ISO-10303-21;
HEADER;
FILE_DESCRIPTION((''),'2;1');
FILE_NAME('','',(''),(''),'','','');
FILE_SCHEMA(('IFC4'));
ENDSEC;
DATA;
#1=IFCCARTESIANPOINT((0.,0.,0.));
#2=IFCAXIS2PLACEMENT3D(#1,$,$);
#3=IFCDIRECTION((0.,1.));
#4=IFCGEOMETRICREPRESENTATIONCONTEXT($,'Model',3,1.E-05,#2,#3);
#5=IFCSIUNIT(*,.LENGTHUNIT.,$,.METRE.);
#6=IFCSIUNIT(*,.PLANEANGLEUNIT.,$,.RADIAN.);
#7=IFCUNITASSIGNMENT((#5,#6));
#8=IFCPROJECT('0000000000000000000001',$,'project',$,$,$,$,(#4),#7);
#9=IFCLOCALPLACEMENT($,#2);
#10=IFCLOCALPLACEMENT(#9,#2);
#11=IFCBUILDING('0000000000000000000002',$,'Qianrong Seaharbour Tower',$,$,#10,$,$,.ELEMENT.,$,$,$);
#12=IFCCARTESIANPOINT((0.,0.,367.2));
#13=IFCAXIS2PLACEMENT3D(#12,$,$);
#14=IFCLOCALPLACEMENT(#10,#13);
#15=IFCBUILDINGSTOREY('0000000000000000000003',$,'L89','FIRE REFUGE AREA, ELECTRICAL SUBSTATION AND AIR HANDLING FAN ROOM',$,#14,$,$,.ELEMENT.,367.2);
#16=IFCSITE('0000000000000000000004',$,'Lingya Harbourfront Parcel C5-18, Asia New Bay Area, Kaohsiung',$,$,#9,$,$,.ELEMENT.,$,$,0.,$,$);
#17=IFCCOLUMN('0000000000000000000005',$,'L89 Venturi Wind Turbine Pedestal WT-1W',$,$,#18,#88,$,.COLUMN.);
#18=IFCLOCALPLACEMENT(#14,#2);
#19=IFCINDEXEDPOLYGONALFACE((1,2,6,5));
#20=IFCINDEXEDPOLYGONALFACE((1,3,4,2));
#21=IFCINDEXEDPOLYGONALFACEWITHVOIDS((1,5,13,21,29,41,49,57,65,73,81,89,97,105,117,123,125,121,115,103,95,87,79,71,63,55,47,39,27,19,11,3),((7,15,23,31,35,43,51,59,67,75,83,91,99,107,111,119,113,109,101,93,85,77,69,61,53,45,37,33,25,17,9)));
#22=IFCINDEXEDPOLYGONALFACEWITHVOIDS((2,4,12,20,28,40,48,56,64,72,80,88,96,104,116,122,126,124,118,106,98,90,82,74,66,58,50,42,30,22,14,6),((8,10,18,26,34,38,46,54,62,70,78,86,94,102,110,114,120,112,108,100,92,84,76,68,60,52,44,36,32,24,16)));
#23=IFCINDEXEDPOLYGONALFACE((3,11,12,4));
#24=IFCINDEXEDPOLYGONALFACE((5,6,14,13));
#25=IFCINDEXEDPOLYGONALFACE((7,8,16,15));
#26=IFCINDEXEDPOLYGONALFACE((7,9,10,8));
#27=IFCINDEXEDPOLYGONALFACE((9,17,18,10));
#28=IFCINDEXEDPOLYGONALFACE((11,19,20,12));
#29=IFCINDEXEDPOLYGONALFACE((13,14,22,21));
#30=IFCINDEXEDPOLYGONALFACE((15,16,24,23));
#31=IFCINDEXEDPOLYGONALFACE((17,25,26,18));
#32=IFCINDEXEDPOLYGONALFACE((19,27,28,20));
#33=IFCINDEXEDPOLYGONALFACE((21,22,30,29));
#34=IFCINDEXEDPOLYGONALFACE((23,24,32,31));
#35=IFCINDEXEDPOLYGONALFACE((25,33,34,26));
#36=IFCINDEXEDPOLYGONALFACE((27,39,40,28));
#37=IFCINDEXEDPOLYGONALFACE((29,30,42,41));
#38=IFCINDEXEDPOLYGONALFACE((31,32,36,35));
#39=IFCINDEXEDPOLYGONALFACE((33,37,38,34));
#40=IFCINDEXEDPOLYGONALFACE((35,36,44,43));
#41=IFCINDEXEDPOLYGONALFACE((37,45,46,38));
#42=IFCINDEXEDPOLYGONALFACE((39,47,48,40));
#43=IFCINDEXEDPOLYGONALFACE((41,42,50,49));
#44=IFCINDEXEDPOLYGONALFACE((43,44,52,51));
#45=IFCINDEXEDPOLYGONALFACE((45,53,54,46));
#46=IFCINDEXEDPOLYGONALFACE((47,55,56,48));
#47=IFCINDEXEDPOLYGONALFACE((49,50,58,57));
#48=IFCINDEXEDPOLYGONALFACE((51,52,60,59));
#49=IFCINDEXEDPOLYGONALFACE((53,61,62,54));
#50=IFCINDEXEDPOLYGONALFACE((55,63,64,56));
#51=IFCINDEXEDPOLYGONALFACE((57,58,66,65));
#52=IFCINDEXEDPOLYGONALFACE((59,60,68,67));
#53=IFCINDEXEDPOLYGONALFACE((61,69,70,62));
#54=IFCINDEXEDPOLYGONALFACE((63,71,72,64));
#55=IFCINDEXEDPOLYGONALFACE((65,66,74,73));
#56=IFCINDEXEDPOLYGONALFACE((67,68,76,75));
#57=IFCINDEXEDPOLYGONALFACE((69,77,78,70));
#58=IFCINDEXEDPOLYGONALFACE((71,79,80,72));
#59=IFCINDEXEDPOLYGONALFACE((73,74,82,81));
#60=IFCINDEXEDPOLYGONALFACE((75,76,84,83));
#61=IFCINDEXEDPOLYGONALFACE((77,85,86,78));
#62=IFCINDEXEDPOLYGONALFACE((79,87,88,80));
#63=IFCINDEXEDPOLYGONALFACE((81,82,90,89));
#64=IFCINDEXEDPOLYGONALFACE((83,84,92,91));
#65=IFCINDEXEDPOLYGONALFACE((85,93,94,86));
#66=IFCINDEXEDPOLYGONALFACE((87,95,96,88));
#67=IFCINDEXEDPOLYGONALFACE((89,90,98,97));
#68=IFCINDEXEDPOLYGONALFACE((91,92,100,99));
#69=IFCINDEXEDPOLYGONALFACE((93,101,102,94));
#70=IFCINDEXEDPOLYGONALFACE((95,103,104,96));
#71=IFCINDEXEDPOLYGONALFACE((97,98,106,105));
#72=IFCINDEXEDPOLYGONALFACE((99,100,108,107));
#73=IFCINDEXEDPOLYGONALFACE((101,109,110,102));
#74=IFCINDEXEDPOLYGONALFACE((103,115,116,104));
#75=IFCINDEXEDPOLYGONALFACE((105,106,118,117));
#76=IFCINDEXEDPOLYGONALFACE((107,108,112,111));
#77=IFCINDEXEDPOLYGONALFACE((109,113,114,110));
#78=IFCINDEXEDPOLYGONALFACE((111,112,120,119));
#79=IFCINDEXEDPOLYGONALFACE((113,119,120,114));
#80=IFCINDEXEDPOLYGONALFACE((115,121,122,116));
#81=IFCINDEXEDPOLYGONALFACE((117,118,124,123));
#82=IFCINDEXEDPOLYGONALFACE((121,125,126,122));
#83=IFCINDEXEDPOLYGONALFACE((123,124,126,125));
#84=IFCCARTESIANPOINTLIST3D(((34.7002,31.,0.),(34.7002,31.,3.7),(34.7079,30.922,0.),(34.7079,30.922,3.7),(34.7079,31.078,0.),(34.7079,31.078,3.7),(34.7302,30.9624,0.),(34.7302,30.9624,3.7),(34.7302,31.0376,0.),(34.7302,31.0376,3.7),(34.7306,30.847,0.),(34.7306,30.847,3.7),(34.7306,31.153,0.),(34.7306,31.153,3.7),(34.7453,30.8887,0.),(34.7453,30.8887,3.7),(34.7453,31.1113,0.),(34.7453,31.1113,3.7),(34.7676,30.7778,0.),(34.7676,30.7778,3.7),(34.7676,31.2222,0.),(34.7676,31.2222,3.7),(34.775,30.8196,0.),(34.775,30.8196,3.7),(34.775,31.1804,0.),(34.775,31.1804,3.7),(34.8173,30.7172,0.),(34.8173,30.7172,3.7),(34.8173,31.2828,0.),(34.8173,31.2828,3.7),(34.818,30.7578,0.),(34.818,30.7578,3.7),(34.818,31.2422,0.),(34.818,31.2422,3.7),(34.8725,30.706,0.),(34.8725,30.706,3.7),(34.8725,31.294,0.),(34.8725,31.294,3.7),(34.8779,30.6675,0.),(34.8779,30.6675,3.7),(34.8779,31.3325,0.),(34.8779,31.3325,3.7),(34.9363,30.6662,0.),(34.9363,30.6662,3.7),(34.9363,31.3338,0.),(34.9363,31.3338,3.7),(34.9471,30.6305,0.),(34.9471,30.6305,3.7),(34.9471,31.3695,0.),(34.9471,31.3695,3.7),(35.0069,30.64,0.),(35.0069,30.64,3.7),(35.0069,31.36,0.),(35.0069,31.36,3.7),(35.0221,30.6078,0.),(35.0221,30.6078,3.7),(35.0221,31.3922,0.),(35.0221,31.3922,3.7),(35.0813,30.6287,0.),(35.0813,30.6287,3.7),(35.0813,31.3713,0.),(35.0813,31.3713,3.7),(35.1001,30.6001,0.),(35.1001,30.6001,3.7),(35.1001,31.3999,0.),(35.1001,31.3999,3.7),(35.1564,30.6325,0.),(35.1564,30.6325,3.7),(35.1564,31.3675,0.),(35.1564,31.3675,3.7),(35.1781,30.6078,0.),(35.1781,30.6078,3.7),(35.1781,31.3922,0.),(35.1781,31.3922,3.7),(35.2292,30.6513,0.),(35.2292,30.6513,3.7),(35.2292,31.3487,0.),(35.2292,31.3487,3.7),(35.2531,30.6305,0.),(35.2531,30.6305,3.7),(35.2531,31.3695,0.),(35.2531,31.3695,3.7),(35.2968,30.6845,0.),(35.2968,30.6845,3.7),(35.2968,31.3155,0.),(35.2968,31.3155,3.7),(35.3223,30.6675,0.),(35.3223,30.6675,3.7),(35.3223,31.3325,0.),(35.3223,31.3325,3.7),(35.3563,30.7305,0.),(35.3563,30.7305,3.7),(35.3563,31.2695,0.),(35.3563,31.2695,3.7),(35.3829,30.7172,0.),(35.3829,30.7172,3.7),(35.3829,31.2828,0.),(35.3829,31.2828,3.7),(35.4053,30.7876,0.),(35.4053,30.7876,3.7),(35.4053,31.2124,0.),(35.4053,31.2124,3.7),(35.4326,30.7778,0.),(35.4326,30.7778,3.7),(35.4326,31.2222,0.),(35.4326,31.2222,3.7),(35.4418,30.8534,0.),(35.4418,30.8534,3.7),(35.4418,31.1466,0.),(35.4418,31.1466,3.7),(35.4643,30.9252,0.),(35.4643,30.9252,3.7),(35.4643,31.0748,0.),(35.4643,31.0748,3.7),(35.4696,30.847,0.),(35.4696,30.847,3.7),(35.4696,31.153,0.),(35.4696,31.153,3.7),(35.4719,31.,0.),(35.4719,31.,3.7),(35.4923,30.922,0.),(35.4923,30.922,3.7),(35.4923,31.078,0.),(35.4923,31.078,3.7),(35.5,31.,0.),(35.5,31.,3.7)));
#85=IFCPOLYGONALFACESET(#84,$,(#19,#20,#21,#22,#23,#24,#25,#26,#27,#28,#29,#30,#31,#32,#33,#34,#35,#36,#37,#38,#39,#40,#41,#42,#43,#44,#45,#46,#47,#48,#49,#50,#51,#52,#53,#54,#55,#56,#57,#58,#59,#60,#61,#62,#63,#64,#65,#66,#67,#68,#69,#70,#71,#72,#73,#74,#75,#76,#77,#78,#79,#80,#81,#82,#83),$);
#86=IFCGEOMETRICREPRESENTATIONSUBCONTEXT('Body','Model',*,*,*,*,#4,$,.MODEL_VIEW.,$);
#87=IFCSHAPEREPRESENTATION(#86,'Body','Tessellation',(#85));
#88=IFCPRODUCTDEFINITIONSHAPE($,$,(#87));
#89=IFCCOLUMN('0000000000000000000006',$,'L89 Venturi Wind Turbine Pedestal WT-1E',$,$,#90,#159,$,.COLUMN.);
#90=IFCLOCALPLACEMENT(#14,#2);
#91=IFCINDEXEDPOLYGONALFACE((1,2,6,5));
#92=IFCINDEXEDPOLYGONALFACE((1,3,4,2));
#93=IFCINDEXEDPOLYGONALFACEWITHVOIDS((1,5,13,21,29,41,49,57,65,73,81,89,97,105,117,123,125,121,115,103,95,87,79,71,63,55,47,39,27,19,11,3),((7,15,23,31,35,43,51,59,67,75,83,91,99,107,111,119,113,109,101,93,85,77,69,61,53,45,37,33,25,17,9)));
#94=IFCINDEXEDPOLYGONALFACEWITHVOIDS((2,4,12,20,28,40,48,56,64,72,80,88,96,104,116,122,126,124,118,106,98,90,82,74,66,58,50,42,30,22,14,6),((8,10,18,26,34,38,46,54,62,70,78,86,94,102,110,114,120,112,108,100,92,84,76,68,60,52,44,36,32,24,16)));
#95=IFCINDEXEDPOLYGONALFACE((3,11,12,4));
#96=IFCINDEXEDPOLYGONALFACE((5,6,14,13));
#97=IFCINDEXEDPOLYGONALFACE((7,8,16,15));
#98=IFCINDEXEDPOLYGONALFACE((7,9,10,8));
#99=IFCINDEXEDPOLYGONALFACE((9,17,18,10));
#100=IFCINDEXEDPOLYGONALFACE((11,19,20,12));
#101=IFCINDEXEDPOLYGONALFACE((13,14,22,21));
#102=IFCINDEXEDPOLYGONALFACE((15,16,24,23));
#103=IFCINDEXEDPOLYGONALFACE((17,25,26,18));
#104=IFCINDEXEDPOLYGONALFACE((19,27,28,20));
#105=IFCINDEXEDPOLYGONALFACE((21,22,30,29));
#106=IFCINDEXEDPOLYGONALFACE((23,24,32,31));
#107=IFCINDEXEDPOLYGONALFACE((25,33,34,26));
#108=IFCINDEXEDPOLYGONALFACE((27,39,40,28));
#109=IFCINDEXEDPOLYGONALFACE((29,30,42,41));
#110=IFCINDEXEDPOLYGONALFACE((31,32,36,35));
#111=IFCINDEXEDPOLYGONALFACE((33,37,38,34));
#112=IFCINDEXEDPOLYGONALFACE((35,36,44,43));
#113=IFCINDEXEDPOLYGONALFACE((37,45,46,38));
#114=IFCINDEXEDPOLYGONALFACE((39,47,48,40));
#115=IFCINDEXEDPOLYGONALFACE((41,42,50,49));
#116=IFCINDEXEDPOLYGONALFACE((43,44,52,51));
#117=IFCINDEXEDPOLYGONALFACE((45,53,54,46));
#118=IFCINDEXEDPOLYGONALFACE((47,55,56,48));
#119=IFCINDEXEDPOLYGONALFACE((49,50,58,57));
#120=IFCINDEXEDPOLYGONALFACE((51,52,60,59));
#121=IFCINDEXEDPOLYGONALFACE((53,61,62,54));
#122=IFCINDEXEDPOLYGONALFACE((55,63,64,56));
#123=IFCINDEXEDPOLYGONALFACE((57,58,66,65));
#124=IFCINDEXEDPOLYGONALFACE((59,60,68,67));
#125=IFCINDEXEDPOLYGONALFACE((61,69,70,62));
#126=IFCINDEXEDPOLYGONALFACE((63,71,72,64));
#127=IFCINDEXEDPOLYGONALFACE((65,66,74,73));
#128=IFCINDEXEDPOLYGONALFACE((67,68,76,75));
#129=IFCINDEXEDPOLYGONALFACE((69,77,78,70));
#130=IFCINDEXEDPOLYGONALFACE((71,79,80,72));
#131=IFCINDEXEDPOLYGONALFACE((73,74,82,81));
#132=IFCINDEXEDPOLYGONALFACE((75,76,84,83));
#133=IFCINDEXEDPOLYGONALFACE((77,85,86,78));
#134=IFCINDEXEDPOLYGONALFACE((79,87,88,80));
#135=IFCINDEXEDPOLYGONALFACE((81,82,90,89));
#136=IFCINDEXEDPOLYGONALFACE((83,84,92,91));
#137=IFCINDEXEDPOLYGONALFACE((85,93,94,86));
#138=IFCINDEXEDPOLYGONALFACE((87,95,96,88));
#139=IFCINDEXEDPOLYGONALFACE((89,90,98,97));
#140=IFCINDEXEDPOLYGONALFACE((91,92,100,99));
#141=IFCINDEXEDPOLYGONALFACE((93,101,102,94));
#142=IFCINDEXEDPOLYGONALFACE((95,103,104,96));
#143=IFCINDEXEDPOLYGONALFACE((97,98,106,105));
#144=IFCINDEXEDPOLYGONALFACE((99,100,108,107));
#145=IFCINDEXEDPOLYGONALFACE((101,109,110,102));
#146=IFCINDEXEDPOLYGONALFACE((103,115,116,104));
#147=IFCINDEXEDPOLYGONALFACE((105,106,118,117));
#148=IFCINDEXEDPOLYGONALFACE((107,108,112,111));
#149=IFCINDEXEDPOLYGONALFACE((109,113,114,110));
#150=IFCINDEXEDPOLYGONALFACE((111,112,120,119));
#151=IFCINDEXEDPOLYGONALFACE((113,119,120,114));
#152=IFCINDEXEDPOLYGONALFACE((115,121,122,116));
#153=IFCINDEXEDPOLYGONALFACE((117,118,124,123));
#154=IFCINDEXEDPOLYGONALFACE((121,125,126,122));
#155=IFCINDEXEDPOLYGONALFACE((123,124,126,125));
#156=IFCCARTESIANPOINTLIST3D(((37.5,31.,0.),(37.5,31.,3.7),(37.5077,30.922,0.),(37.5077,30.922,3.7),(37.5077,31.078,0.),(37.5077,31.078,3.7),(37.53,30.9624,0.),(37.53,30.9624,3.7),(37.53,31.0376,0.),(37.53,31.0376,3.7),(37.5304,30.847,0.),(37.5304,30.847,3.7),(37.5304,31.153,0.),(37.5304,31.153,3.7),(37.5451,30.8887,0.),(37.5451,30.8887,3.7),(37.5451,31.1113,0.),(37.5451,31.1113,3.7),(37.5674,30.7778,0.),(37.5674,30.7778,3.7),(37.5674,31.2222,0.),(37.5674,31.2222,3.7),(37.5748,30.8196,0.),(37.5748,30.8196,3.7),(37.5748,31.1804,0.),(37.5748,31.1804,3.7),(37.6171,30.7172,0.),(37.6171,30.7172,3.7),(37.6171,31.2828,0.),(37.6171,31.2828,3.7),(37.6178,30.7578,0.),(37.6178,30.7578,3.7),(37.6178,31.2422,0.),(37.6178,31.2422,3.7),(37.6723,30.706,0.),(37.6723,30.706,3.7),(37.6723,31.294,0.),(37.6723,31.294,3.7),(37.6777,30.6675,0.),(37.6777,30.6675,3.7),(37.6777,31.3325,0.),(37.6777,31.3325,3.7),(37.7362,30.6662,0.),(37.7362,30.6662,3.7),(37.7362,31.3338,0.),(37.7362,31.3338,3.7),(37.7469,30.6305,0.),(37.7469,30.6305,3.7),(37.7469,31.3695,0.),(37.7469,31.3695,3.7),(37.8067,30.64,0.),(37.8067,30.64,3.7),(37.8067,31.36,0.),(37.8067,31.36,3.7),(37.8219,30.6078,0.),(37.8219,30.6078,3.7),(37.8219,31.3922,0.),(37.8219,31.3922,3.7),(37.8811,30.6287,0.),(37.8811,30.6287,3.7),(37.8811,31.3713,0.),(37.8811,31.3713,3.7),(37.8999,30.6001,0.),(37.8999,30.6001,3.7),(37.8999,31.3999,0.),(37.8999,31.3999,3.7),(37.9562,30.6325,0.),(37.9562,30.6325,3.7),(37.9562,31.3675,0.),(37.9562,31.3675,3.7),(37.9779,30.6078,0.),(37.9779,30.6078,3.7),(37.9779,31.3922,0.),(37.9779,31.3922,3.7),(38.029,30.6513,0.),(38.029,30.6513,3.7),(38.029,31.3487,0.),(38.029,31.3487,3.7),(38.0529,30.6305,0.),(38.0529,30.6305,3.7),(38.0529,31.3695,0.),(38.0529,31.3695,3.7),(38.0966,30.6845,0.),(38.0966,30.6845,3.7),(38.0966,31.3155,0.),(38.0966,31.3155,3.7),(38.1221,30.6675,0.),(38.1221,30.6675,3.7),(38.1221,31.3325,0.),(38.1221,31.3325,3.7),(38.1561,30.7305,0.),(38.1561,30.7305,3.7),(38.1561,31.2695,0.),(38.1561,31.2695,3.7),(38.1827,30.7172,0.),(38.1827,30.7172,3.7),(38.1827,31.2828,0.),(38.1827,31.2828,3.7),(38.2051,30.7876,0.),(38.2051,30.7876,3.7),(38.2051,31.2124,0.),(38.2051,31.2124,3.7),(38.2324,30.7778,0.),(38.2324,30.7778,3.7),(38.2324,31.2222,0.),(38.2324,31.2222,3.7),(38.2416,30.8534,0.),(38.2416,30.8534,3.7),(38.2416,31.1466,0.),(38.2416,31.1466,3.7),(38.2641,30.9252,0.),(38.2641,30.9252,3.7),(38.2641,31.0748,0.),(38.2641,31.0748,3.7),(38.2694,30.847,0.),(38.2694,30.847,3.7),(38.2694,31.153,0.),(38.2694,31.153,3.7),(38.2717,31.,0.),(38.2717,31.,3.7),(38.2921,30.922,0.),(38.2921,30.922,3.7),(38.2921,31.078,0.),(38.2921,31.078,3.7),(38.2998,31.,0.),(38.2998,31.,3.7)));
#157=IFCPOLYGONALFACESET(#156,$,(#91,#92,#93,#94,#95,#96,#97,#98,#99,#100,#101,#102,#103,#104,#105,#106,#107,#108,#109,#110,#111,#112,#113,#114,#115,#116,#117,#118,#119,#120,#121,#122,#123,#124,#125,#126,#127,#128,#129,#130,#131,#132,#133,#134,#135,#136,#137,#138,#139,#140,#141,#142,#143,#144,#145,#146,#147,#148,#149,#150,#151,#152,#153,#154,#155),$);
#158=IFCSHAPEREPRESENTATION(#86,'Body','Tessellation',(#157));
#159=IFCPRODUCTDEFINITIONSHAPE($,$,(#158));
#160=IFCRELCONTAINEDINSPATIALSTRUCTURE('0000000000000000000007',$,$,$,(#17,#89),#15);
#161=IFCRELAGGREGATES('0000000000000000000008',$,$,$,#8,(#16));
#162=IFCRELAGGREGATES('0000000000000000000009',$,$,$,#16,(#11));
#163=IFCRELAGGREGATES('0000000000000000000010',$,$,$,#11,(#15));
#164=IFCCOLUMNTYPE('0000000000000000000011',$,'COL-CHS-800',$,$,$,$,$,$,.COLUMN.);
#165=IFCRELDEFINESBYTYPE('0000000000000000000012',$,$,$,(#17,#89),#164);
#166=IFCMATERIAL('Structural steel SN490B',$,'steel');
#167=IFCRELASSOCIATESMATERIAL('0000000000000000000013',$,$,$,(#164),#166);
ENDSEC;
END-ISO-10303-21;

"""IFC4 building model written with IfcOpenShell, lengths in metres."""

from ifc_helpers import new_model, si_unit, direction, frame, origin, origin_2d, place, context, subcontext, project, spatial, hollow_circle, extrude, material, material_profile, profile_set, type_object, element, save


model = new_model("IFC4")

# Units and contexts
model_context = context("Model", 3, precision=1e-05, world=origin(), true_north=direction((0.0, 1.0)))
body_context = subcontext(model_context, "Body", "Model", "MODEL_VIEW")
ifc_project = project(units=[si_unit("LENGTHUNIT", "METRE"), si_unit("PLANEANGLEUNIT", "RADIAN")], contexts=[model_context])

# Site, building, storey
site_placement = place(None, origin())
site = spatial("IfcSite", under=ifc_project, at=site_placement, Name="Lingya Harbourfront Parcel C5-18, Asia New Bay Area, Kaohsiung", CompositionType="ELEMENT", RefElevation=0.0)
building_placement = place(site_placement, origin())
building = spatial("IfcBuilding", under=site, at=building_placement, Name="Qianrong Seaharbour Tower", CompositionType="ELEMENT")
storey_placement = place(building_placement, frame((0.0, 0.0, 367.2)))
storey = spatial("IfcBuildingStorey", under=building, at=storey_placement, Name="L89", Description="FIRE REFUGE AREA, ELECTRICAL SUBSTATION AND AIR HANDLING FAN ROOM", CompositionType="ELEMENT", Elevation=367.2)

# Columns
ifc_material_1 = material(Name="Structural steel SN490B", Category="steel")
ifc_material_profile_1 = material_profile(ifc_material_1, hollow_circle(Radius=0.3999, WallThickness=0.0281, at=origin_2d()), Name="CHS800x28")
ifc_profile_set_1 = profile_set([ifc_material_profile_1], Name="Structural steel SN490B")
column_type = type_object("IfcColumnType", Name="COL-CHS-800", PredefinedType="COLUMN", material=ifc_profile_set_1)
for number, where, z_axis, x_axis, name in (
    (1, (35.1001, 31.0, 0.0), (0.0, 0.0, 1.0), (1.0, 0.0, 0.0), "L89 Venturi Wind Turbine Pedestal WT-1W"),
    (2, (37.8999, 31.0, 0.0), (0.0, 0.0, 1.0), (1.0, 0.0, 0.0), "L89 Venturi Wind Turbine Pedestal WT-1E"),
):
    element("IfcColumn", number, at=place(storey_placement, frame(where, z_axis=z_axis, x_axis=x_axis)), inside=storey, type_object=column_type, Name=name, PredefinedType="COLUMN", context=body_context, shape_type="SweptSolid", body=[
        extrude(hollow_circle(Radius=0.3999, WallThickness=0.0281, at=origin_2d()), origin(), (0.0, 0.0, 1.0), 3.7),
    ])

save(model, "model.ifc")
